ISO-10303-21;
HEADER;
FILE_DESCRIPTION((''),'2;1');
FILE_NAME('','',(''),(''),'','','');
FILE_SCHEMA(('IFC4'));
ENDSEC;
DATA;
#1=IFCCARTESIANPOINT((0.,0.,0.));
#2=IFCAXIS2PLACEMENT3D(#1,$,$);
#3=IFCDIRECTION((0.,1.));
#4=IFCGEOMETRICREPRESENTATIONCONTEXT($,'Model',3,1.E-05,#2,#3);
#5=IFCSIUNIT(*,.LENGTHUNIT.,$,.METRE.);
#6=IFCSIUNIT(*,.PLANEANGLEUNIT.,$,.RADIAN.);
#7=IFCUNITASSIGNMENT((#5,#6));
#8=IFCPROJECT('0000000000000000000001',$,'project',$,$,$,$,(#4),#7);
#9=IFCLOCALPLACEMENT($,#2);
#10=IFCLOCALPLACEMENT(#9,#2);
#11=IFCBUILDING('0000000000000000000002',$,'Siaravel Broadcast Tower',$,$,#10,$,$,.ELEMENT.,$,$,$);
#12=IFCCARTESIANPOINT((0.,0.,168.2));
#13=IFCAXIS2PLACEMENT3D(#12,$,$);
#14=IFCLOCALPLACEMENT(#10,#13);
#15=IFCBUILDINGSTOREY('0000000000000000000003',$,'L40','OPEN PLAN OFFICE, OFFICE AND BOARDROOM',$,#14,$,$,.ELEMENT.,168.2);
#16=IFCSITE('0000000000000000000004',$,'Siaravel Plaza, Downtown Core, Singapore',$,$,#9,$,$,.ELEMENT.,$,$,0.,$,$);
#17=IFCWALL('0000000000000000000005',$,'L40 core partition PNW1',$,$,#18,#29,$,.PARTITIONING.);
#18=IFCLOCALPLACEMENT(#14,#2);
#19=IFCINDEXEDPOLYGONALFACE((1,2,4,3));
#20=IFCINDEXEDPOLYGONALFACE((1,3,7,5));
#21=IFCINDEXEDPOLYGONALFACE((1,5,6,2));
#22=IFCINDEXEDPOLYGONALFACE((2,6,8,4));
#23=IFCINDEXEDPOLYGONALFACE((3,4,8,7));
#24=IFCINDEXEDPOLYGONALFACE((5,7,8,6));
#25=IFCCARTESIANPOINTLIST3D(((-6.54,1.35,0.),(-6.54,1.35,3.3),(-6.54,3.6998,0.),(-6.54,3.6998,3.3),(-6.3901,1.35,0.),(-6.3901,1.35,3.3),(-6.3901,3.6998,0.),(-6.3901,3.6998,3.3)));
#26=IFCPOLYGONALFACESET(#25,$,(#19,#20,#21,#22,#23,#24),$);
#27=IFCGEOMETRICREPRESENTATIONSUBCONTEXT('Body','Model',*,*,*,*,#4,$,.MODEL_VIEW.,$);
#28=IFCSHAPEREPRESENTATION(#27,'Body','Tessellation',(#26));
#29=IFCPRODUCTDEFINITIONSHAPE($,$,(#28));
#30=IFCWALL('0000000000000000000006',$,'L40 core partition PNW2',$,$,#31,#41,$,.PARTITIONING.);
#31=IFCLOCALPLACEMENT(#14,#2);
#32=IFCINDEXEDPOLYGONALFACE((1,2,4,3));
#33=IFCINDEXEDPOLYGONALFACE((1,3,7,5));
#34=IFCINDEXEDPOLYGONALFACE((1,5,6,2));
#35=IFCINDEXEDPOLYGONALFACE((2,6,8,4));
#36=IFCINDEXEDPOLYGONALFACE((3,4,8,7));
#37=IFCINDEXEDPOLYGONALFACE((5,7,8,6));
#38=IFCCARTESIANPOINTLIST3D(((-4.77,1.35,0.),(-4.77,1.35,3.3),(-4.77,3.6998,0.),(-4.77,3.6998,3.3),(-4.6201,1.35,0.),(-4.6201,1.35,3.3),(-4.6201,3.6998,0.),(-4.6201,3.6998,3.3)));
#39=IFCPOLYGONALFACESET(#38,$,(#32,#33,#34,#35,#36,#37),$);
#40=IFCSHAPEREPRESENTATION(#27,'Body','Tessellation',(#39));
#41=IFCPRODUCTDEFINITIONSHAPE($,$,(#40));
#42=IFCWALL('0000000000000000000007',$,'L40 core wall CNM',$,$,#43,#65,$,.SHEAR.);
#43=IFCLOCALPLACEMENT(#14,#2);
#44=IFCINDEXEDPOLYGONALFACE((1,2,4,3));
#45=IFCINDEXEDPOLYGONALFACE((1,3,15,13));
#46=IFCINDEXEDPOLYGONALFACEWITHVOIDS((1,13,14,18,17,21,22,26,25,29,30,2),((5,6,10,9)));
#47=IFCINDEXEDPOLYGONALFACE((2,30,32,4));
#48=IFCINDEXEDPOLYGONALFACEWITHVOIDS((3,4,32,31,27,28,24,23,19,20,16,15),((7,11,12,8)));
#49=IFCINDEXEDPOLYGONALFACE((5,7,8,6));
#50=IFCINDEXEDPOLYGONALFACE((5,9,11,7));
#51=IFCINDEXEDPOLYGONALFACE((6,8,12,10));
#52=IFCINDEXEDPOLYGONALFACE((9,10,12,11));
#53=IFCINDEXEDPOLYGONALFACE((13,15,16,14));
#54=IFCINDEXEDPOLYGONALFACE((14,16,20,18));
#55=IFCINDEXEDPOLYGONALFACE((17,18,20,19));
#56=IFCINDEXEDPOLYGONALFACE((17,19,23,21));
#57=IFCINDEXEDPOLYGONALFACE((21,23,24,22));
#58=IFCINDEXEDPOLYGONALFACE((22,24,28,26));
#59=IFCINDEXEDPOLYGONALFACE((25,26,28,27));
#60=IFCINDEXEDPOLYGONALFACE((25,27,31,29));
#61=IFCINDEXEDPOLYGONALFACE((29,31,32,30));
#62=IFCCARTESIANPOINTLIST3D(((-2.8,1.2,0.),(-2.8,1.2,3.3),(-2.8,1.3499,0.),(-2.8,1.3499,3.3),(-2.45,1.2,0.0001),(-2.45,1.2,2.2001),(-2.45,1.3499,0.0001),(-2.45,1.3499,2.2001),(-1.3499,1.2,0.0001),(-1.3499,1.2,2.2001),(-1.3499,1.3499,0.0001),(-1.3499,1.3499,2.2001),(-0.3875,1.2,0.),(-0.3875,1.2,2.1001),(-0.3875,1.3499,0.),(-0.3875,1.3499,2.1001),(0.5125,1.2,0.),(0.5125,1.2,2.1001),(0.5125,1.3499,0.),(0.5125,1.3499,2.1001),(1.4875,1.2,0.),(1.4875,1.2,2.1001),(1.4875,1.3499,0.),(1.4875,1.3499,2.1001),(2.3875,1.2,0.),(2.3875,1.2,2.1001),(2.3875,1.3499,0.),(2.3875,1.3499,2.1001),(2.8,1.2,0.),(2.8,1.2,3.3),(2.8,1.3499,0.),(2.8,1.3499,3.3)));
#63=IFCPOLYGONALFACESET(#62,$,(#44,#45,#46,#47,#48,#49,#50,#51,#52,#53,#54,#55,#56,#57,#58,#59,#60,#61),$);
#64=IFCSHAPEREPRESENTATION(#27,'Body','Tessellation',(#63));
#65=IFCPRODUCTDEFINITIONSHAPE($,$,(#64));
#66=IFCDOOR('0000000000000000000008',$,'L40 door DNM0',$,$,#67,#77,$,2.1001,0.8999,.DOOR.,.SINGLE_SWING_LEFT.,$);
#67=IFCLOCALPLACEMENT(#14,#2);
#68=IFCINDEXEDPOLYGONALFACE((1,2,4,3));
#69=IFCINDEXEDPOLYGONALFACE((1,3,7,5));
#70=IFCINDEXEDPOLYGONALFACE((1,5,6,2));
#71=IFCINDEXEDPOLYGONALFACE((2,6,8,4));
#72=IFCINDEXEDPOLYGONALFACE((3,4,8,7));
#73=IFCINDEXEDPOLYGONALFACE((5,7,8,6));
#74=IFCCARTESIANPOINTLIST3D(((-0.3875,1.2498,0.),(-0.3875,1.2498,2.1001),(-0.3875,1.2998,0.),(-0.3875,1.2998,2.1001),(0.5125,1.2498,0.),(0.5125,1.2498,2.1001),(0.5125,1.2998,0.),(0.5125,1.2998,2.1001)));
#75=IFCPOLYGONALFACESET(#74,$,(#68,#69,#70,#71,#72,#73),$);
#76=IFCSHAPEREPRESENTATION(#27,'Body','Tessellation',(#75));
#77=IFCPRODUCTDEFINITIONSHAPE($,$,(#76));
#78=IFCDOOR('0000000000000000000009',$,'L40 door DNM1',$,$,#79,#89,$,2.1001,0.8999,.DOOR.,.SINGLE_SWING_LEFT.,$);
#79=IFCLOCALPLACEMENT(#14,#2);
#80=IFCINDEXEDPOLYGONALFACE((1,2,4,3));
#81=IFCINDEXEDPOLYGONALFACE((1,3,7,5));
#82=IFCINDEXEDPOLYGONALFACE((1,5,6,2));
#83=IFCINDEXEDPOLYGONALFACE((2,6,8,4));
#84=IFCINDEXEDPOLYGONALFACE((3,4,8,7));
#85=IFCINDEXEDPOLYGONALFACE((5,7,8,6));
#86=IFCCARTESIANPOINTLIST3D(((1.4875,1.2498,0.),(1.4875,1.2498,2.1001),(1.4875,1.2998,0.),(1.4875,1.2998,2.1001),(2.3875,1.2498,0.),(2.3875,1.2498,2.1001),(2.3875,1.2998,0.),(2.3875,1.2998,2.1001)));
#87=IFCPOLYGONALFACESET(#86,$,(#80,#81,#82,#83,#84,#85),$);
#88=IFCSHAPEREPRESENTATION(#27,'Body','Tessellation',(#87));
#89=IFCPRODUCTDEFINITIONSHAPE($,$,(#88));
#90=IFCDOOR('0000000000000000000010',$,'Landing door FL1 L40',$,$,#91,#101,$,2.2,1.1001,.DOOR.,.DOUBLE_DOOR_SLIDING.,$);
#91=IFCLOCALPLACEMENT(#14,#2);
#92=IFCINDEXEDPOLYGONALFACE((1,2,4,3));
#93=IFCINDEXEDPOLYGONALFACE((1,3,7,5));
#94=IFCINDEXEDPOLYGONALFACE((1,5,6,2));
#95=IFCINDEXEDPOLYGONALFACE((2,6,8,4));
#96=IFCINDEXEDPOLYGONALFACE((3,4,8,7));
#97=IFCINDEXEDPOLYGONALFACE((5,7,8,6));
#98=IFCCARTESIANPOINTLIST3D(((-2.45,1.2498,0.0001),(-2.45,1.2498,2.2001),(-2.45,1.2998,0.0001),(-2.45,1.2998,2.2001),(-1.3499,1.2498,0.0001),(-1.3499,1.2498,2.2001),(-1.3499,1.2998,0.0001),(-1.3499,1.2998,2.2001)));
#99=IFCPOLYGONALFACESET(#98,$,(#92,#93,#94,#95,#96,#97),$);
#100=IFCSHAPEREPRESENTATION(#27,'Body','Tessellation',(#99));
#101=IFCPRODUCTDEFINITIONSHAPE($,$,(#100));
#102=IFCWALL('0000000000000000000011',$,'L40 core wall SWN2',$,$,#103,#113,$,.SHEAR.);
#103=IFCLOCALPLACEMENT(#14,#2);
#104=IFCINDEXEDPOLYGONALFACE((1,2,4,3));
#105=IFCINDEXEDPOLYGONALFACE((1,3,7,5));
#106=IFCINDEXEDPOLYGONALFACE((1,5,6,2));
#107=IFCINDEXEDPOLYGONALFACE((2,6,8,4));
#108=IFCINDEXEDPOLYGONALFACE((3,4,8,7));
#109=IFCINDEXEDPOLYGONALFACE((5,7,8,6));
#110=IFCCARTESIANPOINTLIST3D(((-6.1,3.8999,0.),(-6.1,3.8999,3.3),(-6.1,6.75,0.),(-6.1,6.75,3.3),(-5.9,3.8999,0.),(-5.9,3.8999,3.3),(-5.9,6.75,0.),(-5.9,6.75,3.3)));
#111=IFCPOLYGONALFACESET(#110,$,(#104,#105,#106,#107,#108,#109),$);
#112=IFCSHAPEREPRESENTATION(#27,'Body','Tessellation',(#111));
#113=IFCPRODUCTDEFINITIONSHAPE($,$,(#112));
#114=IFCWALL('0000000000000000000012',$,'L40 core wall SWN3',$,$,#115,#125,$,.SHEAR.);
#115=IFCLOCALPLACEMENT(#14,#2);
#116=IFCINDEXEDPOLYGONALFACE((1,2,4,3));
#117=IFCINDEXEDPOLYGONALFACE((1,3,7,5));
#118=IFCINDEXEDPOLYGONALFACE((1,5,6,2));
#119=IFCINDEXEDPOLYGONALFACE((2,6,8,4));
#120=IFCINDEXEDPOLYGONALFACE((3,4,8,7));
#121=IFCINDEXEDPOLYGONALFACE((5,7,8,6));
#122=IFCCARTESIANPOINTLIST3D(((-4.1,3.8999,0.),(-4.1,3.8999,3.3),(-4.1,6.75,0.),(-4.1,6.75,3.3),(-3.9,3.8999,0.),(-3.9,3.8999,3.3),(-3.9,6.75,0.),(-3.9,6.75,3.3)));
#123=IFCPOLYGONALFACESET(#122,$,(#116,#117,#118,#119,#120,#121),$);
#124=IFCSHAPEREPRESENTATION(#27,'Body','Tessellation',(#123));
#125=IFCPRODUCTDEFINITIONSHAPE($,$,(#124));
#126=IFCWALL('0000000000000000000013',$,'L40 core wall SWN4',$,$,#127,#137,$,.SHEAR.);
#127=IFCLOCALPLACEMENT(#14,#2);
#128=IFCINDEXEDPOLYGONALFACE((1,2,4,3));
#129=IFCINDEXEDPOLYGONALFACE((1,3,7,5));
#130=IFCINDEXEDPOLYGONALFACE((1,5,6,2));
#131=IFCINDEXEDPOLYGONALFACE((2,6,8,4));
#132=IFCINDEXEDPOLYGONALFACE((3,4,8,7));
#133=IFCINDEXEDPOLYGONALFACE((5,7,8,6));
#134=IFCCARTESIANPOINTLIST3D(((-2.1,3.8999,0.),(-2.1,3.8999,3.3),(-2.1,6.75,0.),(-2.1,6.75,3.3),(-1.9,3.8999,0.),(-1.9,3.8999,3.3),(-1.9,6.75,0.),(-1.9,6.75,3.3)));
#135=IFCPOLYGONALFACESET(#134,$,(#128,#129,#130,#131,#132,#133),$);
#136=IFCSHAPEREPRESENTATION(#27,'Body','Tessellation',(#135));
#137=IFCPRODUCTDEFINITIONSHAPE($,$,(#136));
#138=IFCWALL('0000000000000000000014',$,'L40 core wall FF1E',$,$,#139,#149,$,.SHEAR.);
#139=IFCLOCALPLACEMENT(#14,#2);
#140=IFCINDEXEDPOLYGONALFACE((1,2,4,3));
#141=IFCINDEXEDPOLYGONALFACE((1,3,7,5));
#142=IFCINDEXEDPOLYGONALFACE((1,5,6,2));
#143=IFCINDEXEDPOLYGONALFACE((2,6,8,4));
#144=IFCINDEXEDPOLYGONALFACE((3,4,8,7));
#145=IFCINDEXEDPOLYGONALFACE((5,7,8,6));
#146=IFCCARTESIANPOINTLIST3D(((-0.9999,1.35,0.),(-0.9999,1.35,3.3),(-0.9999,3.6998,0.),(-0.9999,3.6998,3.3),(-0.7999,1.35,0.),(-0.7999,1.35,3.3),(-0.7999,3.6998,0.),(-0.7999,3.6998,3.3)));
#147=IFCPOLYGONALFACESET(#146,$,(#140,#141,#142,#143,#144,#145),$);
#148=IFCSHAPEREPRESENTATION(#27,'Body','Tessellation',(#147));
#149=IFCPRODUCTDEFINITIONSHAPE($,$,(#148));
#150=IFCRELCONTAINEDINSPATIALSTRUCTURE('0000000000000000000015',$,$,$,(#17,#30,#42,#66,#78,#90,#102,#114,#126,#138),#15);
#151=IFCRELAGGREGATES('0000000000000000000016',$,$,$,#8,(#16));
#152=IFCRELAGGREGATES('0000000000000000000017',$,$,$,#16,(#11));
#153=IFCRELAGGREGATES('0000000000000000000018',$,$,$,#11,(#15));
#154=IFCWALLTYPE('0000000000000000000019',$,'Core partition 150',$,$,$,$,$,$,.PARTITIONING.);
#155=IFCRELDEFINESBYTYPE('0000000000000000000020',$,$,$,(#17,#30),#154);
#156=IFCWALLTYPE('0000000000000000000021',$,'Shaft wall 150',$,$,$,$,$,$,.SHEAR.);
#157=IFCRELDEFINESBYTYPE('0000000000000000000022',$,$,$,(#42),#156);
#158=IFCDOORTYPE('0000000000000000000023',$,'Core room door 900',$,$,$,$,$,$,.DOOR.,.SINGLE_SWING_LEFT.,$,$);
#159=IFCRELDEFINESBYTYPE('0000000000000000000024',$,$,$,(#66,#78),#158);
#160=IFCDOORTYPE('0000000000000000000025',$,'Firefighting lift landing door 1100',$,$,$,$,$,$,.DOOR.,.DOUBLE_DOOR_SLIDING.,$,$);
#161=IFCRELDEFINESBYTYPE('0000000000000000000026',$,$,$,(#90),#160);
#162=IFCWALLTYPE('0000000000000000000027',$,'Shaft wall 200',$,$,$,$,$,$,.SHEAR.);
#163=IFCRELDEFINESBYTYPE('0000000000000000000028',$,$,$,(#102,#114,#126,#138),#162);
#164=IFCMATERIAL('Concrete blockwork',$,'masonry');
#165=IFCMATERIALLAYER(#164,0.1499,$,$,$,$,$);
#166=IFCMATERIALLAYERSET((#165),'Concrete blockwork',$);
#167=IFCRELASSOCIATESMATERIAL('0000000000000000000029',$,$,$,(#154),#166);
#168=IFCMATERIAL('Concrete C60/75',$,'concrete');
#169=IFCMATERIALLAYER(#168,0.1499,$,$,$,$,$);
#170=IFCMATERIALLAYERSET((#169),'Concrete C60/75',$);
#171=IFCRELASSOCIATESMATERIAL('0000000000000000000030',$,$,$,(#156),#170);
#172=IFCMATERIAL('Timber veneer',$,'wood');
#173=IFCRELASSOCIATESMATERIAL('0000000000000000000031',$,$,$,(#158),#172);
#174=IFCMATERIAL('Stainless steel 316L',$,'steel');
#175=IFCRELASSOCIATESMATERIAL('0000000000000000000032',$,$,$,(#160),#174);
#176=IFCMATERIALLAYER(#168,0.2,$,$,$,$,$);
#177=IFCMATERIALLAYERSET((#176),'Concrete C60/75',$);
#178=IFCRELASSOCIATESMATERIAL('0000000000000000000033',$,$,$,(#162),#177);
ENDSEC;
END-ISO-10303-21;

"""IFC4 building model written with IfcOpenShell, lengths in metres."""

from ifc_helpers import new_model, si_unit, direction, frame, frame_2d, origin, place, context, subcontext, project, spatial, rectangle, extrude, material, layer, layer_set, type_object, element, fill, save


model = new_model("IFC4")

# Units and contexts
model_context = context("Model", 3, precision=1e-05, world=origin(), true_north=direction((0.0, 1.0)))
body_context = subcontext(model_context, "Body", "Model", "MODEL_VIEW")
ifc_project = project(units=[si_unit("LENGTHUNIT", "METRE"), si_unit("PLANEANGLEUNIT", "RADIAN")], contexts=[model_context])

# Site, building, storey
site_placement = place(None, origin())
site = spatial("IfcSite", under=ifc_project, at=site_placement, Name="Siaravel Plaza, Downtown Core, Singapore", CompositionType="ELEMENT", RefElevation=0.0)
building_placement = place(site_placement, origin())
building = spatial("IfcBuilding", under=site, at=building_placement, Name="Siaravel Broadcast Tower", CompositionType="ELEMENT")
storey_placement = place(building_placement, frame((0.0, 0.0, 168.2)))
storey = spatial("IfcBuildingStorey", under=building, at=storey_placement, Name="L40", Description="OPEN PLAN OFFICE, OFFICE AND BOARDROOM", CompositionType="ELEMENT", Elevation=168.2)

# Walls
ifc_material_1 = material(Name="Concrete blockwork", Category="masonry")
ifc_layer_1 = layer(ifc_material_1, 0.1499)
ifc_layer_set_1 = layer_set([ifc_layer_1], Name="Concrete blockwork")
wall_type_1 = type_object("IfcWallType", Name="Core partition 150", PredefinedType="PARTITIONING", material=ifc_layer_set_1)
for number, where, z_axis, x_axis, name in (
    (1, (-6.4651, 1.3501, 0.0), (0.0, 0.0, 1.0), (0.0, 1.0, 0.0), "L40 core partition PNW1"),
    (2, (-4.6951, 1.3501, 0.0), (0.0, 0.0, 1.0), (0.0, 1.0, 0.0), "L40 core partition PNW2"),
):
    element("IfcWall", number, at=place(storey_placement, frame(where, z_axis=z_axis, x_axis=x_axis)), inside=storey, type_object=wall_type_1, Name=name, PredefinedType="PARTITIONING", context=body_context, shape_type="SweptSolid", body=[
        extrude(rectangle(XDim=2.3499, YDim=0.1499, at=frame_2d((1.1748, 0.0))), origin(), (0.0, 0.0, 1.0), 3.3),
    ])

# Wall, openings, doors
ifc_material_2 = material(Name="Concrete C60/75", Category="concrete")
ifc_layer_2 = layer(ifc_material_2, 0.1499)
ifc_layer_set_2 = layer_set([ifc_layer_2], Name="Concrete C60/75")
wall_type_2 = type_object("IfcWallType", Name="Shaft wall 150", PredefinedType="SHEAR", material=ifc_layer_set_2)
wall_1_placement = place(storey_placement, frame((-2.8, 1.2749, 0.0), z_axis=(0.0, 0.0, 1.0), x_axis=(1.0, 0.0, 0.0)))
wall_1 = element("IfcWall", 3, at=wall_1_placement, inside=storey, type_object=wall_type_2, Name="L40 core wall CNM", PredefinedType="SHEAR", context=body_context, shape_type="SweptSolid", body=[
    extrude(rectangle(XDim=5.6001, YDim=0.1499, at=frame_2d((2.8, 0.0))), origin(), (0.0, 0.0, 1.0), 3.3),
])
opening_1_placement = place(wall_1_placement, frame((0.3501, 0.0, 0.0)))
opening_1 = element("IfcOpeningElement", 4, at=opening_1_placement, cuts=wall_1, PredefinedType="OPENING", context=body_context, shape_type="SweptSolid", body=[
    extrude(rectangle(XDim=1.1001, YDim=2.2, at=frame_2d((0.55, 1.1001))), frame((0.0, 0.085, 0.0), z_axis=(0.0, -1.0, 0.0), x_axis=(1.0, 0.0, 0.0)), (0.0, 0.0, 1.0), 0.1699),
])
opening_2_placement = place(wall_1_placement, frame((2.4126, 0.0, 0.0)))
opening_2 = element("IfcOpeningElement", 5, at=opening_2_placement, cuts=wall_1, PredefinedType="OPENING", context=body_context, shape_type="SweptSolid", body=[
    extrude(rectangle(XDim=0.8999, YDim=2.1001, at=frame_2d((0.45, 1.05))), frame((0.0, 0.085, 0.0), z_axis=(0.0, -1.0, 0.0), x_axis=(1.0, 0.0, 0.0)), (0.0, 0.0, 1.0), 0.1699),
])
opening_3_placement = place(wall_1_placement, frame((4.2876, 0.0, 0.0)))
opening_3 = element("IfcOpeningElement", 6, at=opening_3_placement, cuts=wall_1, PredefinedType="OPENING", context=body_context, shape_type="SweptSolid", body=[
    extrude(rectangle(XDim=0.8999, YDim=2.1001, at=frame_2d((0.45, 1.05))), frame((0.0, 0.085, 0.0), z_axis=(0.0, -1.0, 0.0), x_axis=(1.0, 0.0, 0.0)), (0.0, 0.0, 1.0), 0.1699),
])
ifc_material_3 = material(Name="Timber veneer", Category="wood")
door_type_1 = type_object("IfcDoorType", Name="Core room door 900", OperationType="SINGLE_SWING_LEFT", PredefinedType="DOOR", material=ifc_material_3)
door_1_placement = place(opening_2_placement, origin())
door_1 = element("IfcDoor", 7, at=door_1_placement, inside=storey, type_object=door_type_1, Name="L40 door DNM0", OperationType="SINGLE_SWING_LEFT", OverallHeight=2.1001, OverallWidth=0.8999, PredefinedType="DOOR", context=body_context, shape_type="SweptSolid", body=[
    extrude(rectangle(XDim=0.8999, YDim=2.1001, at=frame_2d((0.45, 1.05))), frame((0.0, 0.0249, 0.0), z_axis=(0.0, -1.0, 0.0), x_axis=(1.0, 0.0, 0.0)), (0.0, 0.0, 1.0), 0.05),
])
fill(opening_2, door_1)
door_2_placement = place(opening_3_placement, origin())
door_2 = element("IfcDoor", 8, at=door_2_placement, inside=storey, type_object=door_type_1, Name="L40 door DNM1", OperationType="SINGLE_SWING_LEFT", OverallHeight=2.1001, OverallWidth=0.8999, PredefinedType="DOOR", context=body_context, shape_type="SweptSolid", body=[
    extrude(rectangle(XDim=0.8999, YDim=2.1001, at=frame_2d((0.45, 1.05))), frame((0.0, 0.0249, 0.0), z_axis=(0.0, -1.0, 0.0), x_axis=(1.0, 0.0, 0.0)), (0.0, 0.0, 1.0), 0.05),
])
fill(opening_3, door_2)
ifc_material_4 = material(Name="Stainless steel 316L", Category="steel")
door_type_2 = type_object("IfcDoorType", Name="Firefighting lift landing door 1100", OperationType="DOUBLE_DOOR_SLIDING", PredefinedType="DOOR", material=ifc_material_4)
door_3_placement = place(opening_1_placement, origin())
door_3 = element("IfcDoor", 9, at=door_3_placement, inside=storey, type_object=door_type_2, Name="Landing door FL1 L40", OperationType="DOUBLE_DOOR_SLIDING", OverallHeight=2.2, OverallWidth=1.1001, PredefinedType="DOOR", context=body_context, shape_type="SweptSolid", body=[
    extrude(rectangle(XDim=1.1001, YDim=2.2, at=frame_2d((0.55, 1.1001))), frame((0.0, 0.0249, 0.0), z_axis=(0.0, -1.0, 0.0), x_axis=(1.0, 0.0, 0.0)), (0.0, 0.0, 1.0), 0.05),
])
fill(opening_1, door_3)

# Walls
ifc_layer_3 = layer(ifc_material_2, 0.2)
ifc_layer_set_3 = layer_set([ifc_layer_3], Name="Concrete C60/75")
wall_type_3 = type_object("IfcWallType", Name="Shaft wall 200", PredefinedType="SHEAR", material=ifc_layer_set_3)
for number, where, z_axis, x_axis, name in (
    (10, (-6.0, 3.8999, 0.0), (0.0, 0.0, 1.0), (0.0, 1.0, 0.0), "L40 core wall SWN2"),
    (11, (-4.0, 3.8999, 0.0), (0.0, 0.0, 1.0), (0.0, 1.0, 0.0), "L40 core wall SWN3"),
    (12, (-2.0, 3.8999, 0.0), (0.0, 0.0, 1.0), (0.0, 1.0, 0.0), "L40 core wall SWN4"),
):
    element("IfcWall", number, at=place(storey_placement, frame(where, z_axis=z_axis, x_axis=x_axis)), inside=storey, type_object=wall_type_3, Name=name, PredefinedType="SHEAR", context=body_context, shape_type="SweptSolid", body=[
        extrude(rectangle(XDim=2.8501, YDim=0.2, at=frame_2d((1.425, 0.0))), origin(), (0.0, 0.0, 1.0), 3.3),
    ])
wall_2_placement = place(storey_placement, frame((-0.8999, 1.3501, 0.0), z_axis=(0.0, 0.0, 1.0), x_axis=(0.0, 1.0, 0.0)))
element("IfcWall", 13, at=wall_2_placement, inside=storey, type_object=wall_type_3, Name="L40 core wall FF1E", PredefinedType="SHEAR", context=body_context, shape_type="SweptSolid", body=[
    extrude(rectangle(XDim=2.3499, YDim=0.2, at=frame_2d((1.1748, 0.0))), origin(), (0.0, 0.0, 1.0), 3.3),
])

save(model, "model.ifc")
